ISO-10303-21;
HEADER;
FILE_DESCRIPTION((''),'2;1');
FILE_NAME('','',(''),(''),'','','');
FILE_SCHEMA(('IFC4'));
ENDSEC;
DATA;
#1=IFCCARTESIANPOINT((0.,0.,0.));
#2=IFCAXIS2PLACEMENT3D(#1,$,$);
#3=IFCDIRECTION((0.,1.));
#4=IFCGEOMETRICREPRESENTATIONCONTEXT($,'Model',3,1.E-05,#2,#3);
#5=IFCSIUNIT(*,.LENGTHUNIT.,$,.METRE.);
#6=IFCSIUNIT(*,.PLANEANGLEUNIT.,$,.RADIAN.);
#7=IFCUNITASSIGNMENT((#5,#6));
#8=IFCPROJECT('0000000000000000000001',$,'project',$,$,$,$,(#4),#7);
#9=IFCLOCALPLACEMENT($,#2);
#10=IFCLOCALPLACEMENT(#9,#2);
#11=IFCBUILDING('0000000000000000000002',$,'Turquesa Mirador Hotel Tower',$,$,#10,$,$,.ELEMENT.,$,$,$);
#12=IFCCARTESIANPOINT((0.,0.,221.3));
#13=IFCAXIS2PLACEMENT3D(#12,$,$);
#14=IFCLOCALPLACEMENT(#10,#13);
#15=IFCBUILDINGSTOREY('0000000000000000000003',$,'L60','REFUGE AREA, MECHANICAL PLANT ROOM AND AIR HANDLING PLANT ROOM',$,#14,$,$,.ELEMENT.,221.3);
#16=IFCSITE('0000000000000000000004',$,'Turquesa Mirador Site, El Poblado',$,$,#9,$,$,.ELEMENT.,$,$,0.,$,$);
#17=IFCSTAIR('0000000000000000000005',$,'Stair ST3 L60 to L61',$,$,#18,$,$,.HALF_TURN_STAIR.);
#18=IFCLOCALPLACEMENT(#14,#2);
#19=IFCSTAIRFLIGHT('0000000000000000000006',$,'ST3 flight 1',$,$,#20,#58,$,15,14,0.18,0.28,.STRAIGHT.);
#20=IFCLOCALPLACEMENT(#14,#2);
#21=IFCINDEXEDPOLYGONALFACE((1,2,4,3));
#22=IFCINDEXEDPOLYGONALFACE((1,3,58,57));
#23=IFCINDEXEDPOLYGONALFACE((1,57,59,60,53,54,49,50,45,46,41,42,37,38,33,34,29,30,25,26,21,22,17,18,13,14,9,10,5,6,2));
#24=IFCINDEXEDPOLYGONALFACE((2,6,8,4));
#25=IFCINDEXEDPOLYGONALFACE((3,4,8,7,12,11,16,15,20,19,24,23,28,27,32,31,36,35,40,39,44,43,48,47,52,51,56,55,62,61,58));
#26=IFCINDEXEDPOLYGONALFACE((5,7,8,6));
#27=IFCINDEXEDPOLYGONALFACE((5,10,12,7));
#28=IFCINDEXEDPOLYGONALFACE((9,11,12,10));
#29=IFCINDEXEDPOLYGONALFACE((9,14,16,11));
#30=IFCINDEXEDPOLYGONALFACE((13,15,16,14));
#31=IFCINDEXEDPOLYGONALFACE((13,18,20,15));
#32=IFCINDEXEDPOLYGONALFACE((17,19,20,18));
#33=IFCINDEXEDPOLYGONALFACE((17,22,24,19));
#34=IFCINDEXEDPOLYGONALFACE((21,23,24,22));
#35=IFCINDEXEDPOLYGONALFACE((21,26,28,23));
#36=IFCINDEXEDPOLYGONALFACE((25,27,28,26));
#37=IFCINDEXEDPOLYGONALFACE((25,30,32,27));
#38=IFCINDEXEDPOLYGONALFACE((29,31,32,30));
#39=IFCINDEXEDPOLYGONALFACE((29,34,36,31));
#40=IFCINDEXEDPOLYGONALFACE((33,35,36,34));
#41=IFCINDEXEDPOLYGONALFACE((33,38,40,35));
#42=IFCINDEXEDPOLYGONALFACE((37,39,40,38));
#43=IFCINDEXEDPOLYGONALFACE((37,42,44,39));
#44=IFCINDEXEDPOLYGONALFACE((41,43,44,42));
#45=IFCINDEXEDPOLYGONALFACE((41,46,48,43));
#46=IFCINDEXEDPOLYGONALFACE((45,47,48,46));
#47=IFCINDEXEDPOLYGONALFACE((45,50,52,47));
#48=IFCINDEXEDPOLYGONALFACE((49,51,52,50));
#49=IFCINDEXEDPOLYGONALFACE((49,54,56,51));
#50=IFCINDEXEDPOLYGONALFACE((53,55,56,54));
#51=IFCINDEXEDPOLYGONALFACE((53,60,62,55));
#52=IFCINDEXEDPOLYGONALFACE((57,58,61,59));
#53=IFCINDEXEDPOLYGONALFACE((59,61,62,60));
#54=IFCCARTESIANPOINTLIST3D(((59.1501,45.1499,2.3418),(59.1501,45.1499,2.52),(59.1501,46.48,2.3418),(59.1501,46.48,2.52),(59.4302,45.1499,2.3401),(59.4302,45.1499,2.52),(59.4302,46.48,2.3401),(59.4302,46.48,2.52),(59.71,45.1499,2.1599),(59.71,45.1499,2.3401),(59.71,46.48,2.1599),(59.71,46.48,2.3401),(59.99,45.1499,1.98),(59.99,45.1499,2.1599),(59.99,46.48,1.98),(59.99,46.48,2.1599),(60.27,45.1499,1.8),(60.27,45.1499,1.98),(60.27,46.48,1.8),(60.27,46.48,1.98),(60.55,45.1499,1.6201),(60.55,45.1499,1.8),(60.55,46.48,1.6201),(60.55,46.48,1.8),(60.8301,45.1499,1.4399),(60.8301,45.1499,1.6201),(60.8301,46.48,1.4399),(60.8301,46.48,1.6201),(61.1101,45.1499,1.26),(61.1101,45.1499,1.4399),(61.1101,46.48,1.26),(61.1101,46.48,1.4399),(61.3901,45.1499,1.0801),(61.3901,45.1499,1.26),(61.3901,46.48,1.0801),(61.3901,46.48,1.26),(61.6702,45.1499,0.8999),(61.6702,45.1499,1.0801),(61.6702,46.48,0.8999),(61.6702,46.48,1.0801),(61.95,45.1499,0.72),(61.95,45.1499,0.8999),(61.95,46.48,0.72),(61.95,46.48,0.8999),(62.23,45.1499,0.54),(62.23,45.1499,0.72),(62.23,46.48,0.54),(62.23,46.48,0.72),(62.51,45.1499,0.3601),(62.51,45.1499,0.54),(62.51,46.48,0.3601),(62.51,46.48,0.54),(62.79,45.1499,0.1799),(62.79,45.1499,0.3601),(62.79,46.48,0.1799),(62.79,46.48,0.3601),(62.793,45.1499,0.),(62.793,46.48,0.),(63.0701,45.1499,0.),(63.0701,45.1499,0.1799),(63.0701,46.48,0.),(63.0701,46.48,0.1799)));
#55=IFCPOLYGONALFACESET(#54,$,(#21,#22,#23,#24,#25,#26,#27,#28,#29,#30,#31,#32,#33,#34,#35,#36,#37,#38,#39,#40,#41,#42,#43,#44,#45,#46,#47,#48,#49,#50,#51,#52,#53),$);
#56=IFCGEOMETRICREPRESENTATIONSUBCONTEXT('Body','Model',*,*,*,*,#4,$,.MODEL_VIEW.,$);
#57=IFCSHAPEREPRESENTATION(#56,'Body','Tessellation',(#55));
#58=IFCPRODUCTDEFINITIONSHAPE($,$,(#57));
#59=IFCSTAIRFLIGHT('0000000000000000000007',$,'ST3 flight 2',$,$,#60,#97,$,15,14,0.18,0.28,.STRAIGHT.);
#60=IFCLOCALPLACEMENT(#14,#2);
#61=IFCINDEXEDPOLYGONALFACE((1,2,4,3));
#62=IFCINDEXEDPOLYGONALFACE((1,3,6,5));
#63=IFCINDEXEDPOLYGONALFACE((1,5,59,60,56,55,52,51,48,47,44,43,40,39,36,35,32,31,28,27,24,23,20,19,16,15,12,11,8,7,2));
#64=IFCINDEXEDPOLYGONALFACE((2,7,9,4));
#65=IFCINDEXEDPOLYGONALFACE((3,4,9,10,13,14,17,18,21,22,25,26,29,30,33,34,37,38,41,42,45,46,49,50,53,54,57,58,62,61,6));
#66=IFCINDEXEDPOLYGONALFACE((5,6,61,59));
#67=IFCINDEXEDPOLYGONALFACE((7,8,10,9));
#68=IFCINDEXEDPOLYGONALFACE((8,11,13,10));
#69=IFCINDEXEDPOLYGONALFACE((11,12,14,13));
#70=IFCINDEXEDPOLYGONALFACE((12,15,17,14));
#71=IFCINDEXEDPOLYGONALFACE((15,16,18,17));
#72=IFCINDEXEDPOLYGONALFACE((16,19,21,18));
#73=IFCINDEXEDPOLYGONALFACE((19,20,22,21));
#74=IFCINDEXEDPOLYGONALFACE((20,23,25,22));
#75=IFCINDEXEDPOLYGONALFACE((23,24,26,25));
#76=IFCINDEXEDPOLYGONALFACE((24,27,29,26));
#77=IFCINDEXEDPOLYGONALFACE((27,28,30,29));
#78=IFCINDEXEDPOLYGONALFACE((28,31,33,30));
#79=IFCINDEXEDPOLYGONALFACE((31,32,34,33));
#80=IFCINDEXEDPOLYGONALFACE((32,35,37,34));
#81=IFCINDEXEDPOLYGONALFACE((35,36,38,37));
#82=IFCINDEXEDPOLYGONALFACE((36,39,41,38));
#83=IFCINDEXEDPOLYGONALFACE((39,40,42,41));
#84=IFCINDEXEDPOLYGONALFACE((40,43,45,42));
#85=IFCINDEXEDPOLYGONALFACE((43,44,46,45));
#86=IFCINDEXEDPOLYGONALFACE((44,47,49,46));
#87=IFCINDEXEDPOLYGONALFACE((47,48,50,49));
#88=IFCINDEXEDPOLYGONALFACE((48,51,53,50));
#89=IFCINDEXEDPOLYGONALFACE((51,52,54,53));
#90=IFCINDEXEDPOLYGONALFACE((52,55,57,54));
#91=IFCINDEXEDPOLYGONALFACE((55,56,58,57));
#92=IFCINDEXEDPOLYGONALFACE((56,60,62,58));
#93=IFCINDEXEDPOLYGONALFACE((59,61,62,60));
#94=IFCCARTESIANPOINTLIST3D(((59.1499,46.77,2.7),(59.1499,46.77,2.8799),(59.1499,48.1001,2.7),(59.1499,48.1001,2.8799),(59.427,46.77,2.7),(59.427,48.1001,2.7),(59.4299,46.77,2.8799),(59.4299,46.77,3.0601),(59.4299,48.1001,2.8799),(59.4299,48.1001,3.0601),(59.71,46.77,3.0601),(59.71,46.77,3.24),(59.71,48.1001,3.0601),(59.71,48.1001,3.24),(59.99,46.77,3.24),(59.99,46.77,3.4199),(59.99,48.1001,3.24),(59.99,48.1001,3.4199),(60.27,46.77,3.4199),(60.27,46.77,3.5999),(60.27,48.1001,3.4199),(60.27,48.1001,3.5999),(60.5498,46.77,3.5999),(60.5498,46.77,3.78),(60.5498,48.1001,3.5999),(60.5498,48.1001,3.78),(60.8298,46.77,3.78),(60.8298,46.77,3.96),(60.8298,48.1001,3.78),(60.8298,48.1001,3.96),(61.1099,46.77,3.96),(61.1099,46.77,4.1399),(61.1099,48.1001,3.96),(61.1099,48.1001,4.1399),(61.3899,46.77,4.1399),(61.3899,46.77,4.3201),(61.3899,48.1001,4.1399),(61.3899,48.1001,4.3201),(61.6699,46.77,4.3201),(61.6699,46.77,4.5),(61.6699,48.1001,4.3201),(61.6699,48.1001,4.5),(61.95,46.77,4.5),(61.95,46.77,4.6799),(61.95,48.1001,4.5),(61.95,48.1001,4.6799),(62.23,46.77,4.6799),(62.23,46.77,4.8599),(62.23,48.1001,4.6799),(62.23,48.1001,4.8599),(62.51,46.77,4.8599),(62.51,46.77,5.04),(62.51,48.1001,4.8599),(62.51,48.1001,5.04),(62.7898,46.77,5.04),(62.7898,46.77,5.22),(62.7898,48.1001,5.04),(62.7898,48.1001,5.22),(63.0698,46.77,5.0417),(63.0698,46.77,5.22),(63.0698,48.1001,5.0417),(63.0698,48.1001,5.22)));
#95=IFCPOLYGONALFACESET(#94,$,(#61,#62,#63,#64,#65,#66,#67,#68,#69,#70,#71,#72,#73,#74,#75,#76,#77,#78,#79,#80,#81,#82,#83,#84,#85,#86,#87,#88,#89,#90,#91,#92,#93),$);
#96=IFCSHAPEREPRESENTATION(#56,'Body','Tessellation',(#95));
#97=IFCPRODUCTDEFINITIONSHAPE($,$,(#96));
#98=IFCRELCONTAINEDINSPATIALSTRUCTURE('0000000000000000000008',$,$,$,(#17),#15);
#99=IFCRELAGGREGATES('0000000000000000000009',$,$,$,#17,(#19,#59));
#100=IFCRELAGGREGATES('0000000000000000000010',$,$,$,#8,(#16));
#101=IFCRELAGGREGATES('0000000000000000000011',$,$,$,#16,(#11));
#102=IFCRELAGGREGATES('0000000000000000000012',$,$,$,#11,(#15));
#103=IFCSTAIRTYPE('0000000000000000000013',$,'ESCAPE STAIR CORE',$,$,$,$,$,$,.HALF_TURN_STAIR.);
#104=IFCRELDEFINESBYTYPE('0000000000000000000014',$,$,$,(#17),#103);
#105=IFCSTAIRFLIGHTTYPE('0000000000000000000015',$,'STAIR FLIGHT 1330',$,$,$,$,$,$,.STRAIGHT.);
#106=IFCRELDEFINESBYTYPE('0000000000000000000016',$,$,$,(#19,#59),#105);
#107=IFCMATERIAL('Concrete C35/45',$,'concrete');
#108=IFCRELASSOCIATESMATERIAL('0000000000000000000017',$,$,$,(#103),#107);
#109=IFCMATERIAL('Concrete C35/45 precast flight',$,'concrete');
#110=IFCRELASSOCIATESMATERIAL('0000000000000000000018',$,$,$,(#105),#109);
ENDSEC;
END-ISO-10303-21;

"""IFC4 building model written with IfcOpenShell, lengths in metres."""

from ifc_helpers import new_model, si_unit, direction, frame, origin, place, context, subcontext, project, spatial, polyline, outline, extrude, material, type_object, element, aggregate, save


model = new_model("IFC4")

# Units and contexts
model_context = context("Model", 3, precision=1e-05, world=origin(), true_north=direction((0.0, 1.0)))
body_context = subcontext(model_context, "Body", "Model", "MODEL_VIEW")
ifc_project = project(units=[si_unit("LENGTHUNIT", "METRE"), si_unit("PLANEANGLEUNIT", "RADIAN")], contexts=[model_context])

# Site, building, storey
site_placement = place(None, origin())
site = spatial("IfcSite", under=ifc_project, at=site_placement, Name="Turquesa Mirador Site, El Poblado", CompositionType="ELEMENT", RefElevation=0.0)
building_placement = place(site_placement, origin())
building = spatial("IfcBuilding", under=site, at=building_placement, Name="Turquesa Mirador Hotel Tower", CompositionType="ELEMENT")
storey_placement = place(building_placement, frame((0.0, 0.0, 221.3)))
storey = spatial("IfcBuildingStorey", under=building, at=storey_placement, Name="L60", Description="REFUGE AREA, MECHANICAL PLANT ROOM AND AIR HANDLING PLANT ROOM", CompositionType="ELEMENT", Elevation=221.3)

# Shared definitions
ifc_material_1 = material(Name="Concrete C35/45", Category="concrete")
stair_type = type_object("IfcStairType", Name="ESCAPE STAIR CORE", PredefinedType="HALF_TURN_STAIR", material=ifc_material_1)
ifc_material_2 = material(Name="Concrete C35/45 precast flight", Category="concrete")
stair_flight_type = type_object("IfcStairFlightType", Name="STAIR FLIGHT 1330", PredefinedType="STRAIGHT", material=ifc_material_2)

# Stair, stair flights
stair_1_placement = place(storey_placement, origin())
stair_1 = element("IfcStair", 1, at=stair_1_placement, inside=storey, type_object=stair_type, Name="Stair ST3 L60 to L61", PredefinedType="HALF_TURN_STAIR")
stair_flight_1_placement = place(storey_placement, frame((63.0701, 45.8149, 0.0), z_axis=(0.0, 0.0, 1.0), x_axis=(-1.0, 0.0, 0.0)))
stair_flight_1 = element("IfcStairFlight", 2, at=stair_flight_1_placement, type_object=stair_flight_type, Name="ST3 flight 1", NumberOfRisers=15, NumberOfTreads=14, PredefinedType="STRAIGHT", RiserHeight=0.18, TreadLength=0.28, context=body_context, shape_type="SweptSolid", body=[
    extrude(outline(polyline([(0.0, 0.0), (0.0, 0.1799), (0.28, 0.1799), (0.28, 0.3601), (0.5601, 0.3601), (0.5601, 0.54), (0.8401, 0.54), (0.8401, 0.72), (1.1201, 0.72), (1.1201, 0.8999), (1.3999, 0.8999), (1.3999, 1.0801), (1.6799, 1.0801), (1.6799, 1.26), (1.96, 1.26), (1.96, 1.4399), (2.24, 1.4399), (2.24, 1.6201), (2.52, 1.6201), (2.52, 1.8), (2.8, 1.8), (2.8, 1.98), (3.0801, 1.98), (3.0801, 2.1599), (3.3601, 2.1599), (3.3601, 2.3401), (3.6399, 2.3401), (3.6399, 2.52), (3.9199, 2.52), (3.9199, 2.7), (3.9199, 2.3418), (0.2771, 0.0), (0.0, 0.0)])), frame((0.0, 0.665, 0.0), z_axis=(0.0, -1.0, 0.0), x_axis=(1.0, 0.0, 0.0)), (0.0, 0.0, 1.0), 1.3301),
])
stair_flight_2_placement = place(storey_placement, frame((59.1499, 47.4351, 2.7), z_axis=(0.0, 0.0, 1.0), x_axis=(1.0, 0.0, 0.0)))
stair_flight_2 = element("IfcStairFlight", 3, at=stair_flight_2_placement, type_object=stair_flight_type, Name="ST3 flight 2", NumberOfRisers=15, NumberOfTreads=14, PredefinedType="STRAIGHT", RiserHeight=0.18, TreadLength=0.28, context=body_context, shape_type="SweptSolid", body=[
    extrude(outline(polyline([(0.0, 0.0), (0.0, 0.1799), (0.28, 0.1799), (0.28, 0.3601), (0.5601, 0.3601), (0.5601, 0.54), (0.8401, 0.54), (0.8401, 0.72), (1.1201, 0.72), (1.1201, 0.8999), (1.3999, 0.8999), (1.3999, 1.0801), (1.6799, 1.0801), (1.6799, 1.26), (1.96, 1.26), (1.96, 1.4399), (2.24, 1.4399), (2.24, 1.6201), (2.52, 1.6201), (2.52, 1.8), (2.8, 1.8), (2.8, 1.98), (3.0801, 1.98), (3.0801, 2.1599), (3.3601, 2.1599), (3.3601, 2.3401), (3.6399, 2.3401), (3.6399, 2.52), (3.9199, 2.52), (3.9199, 2.7), (3.9199, 2.3418), (0.2771, 0.0), (0.0, 0.0)])), frame((0.0, 0.665, 0.0), z_axis=(0.0, -1.0, 0.0), x_axis=(1.0, 0.0, 0.0)), (0.0, 0.0, 1.0), 1.3301),
])
aggregate(stair_1, [stair_flight_1, stair_flight_2])

save(model, "model.ifc")
